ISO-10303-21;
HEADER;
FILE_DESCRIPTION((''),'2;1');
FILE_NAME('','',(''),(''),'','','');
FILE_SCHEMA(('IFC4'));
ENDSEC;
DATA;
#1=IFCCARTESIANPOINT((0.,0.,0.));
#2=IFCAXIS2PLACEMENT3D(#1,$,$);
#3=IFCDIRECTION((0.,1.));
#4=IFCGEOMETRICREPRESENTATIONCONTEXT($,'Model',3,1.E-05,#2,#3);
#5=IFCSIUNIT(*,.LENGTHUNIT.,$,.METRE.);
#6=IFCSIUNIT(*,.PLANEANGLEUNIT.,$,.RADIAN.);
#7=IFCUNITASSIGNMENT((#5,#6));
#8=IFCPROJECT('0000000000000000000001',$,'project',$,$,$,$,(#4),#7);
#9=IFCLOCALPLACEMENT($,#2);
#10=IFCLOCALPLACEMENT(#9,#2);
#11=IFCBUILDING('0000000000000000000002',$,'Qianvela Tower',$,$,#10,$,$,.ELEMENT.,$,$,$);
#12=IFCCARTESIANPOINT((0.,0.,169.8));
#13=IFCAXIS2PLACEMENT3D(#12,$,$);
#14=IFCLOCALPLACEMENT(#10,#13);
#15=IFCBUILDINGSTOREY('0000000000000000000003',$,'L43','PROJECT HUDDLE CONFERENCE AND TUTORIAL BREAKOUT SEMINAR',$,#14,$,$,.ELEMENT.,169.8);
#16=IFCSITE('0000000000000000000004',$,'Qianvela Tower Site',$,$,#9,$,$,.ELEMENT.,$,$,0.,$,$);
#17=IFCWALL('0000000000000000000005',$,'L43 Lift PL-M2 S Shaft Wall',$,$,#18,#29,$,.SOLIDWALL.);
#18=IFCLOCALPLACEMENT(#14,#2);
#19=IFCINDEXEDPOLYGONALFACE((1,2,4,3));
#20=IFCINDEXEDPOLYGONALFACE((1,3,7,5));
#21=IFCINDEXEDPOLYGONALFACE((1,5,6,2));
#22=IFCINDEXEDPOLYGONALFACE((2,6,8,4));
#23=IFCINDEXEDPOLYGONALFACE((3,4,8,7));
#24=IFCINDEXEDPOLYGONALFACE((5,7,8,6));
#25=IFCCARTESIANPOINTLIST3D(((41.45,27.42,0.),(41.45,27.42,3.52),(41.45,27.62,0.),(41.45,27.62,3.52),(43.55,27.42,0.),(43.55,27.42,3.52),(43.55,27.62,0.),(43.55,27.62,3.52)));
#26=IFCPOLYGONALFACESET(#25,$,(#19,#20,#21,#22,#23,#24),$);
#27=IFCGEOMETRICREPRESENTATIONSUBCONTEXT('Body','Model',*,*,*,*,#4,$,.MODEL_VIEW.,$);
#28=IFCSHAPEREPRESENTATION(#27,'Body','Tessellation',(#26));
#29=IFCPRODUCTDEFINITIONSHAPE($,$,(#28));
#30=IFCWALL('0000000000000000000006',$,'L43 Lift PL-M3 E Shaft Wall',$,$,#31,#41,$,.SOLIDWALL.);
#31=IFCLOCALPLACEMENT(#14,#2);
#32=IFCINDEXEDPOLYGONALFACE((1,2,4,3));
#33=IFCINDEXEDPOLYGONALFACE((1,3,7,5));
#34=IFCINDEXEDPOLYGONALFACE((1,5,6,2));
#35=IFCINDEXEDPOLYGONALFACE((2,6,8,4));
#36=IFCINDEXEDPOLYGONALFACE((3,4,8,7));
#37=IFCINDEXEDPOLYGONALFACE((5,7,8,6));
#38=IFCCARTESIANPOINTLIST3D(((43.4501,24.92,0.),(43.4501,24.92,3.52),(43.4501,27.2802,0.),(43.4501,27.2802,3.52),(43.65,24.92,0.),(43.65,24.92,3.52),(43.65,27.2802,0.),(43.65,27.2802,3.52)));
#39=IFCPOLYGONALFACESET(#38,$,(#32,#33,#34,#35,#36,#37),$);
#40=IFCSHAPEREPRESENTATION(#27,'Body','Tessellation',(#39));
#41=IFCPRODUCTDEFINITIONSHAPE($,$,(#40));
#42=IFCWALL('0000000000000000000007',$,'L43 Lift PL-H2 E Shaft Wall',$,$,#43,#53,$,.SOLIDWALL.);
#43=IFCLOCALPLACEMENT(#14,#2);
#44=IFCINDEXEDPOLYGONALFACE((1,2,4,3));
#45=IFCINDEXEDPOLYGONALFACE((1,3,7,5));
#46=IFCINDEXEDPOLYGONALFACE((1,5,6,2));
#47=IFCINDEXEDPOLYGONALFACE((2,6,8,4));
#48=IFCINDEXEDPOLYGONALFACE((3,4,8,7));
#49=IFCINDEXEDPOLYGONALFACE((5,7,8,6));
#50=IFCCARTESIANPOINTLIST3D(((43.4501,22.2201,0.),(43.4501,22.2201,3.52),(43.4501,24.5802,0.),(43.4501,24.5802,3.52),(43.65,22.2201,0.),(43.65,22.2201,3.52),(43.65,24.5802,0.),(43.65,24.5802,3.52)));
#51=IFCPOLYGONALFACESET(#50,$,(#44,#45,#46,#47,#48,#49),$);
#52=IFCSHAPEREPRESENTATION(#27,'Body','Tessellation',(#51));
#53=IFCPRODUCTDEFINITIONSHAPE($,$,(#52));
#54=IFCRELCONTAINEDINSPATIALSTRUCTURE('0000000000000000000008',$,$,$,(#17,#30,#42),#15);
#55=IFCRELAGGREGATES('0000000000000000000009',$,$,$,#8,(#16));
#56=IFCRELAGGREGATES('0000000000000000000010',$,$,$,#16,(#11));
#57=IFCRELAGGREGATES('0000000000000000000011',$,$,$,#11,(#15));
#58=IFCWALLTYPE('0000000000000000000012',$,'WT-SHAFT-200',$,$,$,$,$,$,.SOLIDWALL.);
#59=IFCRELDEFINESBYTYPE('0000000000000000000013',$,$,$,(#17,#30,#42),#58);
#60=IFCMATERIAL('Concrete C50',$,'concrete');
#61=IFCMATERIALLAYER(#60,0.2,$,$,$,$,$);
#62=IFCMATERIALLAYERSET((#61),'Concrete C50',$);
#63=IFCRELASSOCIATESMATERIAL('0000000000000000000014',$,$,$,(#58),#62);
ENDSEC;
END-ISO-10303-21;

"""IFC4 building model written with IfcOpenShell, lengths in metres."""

from ifc_helpers import new_model, si_unit, direction, frame, frame_2d, origin, place, context, subcontext, project, spatial, rectangle, extrude, material, layer, layer_set, type_object, element, save


model = new_model("IFC4")

# Units and contexts
model_context = context("Model", 3, precision=1e-05, world=origin(), true_north=direction((0.0, 1.0)))
body_context = subcontext(model_context, "Body", "Model", "MODEL_VIEW")
ifc_project = project(units=[si_unit("LENGTHUNIT", "METRE"), si_unit("PLANEANGLEUNIT", "RADIAN")], contexts=[model_context])

# Site, building, storey
site_placement = place(None, origin())
site = spatial("IfcSite", under=ifc_project, at=site_placement, Name="Qianvela Tower Site", CompositionType="ELEMENT", RefElevation=0.0)
building_placement = place(site_placement, origin())
building = spatial("IfcBuilding", under=site, at=building_placement, Name="Qianvela Tower", CompositionType="ELEMENT")
storey_placement = place(building_placement, frame((0.0, 0.0, 169.8)))
storey = spatial("IfcBuildingStorey", under=building, at=storey_placement, Name="L43", Description="PROJECT HUDDLE CONFERENCE AND TUTORIAL BREAKOUT SEMINAR", CompositionType="ELEMENT", Elevation=169.8)

# Walls
ifc_material_1 = material(Name="Concrete C50", Category="concrete")
ifc_layer_1 = layer(ifc_material_1, 0.2)
ifc_layer_set_1 = layer_set([ifc_layer_1], Name="Concrete C50")
wall_type_1 = type_object("IfcWallType", Name="WT-SHAFT-200", PredefinedType="SOLIDWALL", material=ifc_layer_set_1)
wall_1_placement = place(storey_placement, frame((41.45, 27.52, 0.0), z_axis=(0.0, 0.0, 1.0), x_axis=(1.0, 0.0, 0.0)))
element("IfcWall", 1, at=wall_1_placement, inside=storey, type_object=wall_type_1, Name="L43 Lift PL-M2 S Shaft Wall", PredefinedType="SOLIDWALL", context=body_context, shape_type="SweptSolid", body=[
    extrude(rectangle(XDim=2.1001, YDim=0.2, at=frame_2d((1.05, 0.0))), origin(), (0.0, 0.0, 1.0), 3.52),
])
for number, where, z_axis, x_axis, name in (
    (2, (43.55, 24.9199, 0.0), (0.0, 0.0, 1.0), (0.0, 1.0, 0.0), "L43 Lift PL-M3 E Shaft Wall"),
    (3, (43.55, 22.22, 0.0), (0.0, 0.0, 1.0), (0.0, 1.0, 0.0), "L43 Lift PL-H2 E Shaft Wall"),
):
    element("IfcWall", number, at=place(storey_placement, frame(where, z_axis=z_axis, x_axis=x_axis)), inside=storey, type_object=wall_type_1, Name=name, PredefinedType="SOLIDWALL", context=body_context, shape_type="SweptSolid", body=[
        extrude(rectangle(XDim=2.3601, YDim=0.2, at=frame_2d((1.1802, 0.0))), origin(), (0.0, 0.0, 1.0), 3.52),
    ])

save(model, "model.ifc")
